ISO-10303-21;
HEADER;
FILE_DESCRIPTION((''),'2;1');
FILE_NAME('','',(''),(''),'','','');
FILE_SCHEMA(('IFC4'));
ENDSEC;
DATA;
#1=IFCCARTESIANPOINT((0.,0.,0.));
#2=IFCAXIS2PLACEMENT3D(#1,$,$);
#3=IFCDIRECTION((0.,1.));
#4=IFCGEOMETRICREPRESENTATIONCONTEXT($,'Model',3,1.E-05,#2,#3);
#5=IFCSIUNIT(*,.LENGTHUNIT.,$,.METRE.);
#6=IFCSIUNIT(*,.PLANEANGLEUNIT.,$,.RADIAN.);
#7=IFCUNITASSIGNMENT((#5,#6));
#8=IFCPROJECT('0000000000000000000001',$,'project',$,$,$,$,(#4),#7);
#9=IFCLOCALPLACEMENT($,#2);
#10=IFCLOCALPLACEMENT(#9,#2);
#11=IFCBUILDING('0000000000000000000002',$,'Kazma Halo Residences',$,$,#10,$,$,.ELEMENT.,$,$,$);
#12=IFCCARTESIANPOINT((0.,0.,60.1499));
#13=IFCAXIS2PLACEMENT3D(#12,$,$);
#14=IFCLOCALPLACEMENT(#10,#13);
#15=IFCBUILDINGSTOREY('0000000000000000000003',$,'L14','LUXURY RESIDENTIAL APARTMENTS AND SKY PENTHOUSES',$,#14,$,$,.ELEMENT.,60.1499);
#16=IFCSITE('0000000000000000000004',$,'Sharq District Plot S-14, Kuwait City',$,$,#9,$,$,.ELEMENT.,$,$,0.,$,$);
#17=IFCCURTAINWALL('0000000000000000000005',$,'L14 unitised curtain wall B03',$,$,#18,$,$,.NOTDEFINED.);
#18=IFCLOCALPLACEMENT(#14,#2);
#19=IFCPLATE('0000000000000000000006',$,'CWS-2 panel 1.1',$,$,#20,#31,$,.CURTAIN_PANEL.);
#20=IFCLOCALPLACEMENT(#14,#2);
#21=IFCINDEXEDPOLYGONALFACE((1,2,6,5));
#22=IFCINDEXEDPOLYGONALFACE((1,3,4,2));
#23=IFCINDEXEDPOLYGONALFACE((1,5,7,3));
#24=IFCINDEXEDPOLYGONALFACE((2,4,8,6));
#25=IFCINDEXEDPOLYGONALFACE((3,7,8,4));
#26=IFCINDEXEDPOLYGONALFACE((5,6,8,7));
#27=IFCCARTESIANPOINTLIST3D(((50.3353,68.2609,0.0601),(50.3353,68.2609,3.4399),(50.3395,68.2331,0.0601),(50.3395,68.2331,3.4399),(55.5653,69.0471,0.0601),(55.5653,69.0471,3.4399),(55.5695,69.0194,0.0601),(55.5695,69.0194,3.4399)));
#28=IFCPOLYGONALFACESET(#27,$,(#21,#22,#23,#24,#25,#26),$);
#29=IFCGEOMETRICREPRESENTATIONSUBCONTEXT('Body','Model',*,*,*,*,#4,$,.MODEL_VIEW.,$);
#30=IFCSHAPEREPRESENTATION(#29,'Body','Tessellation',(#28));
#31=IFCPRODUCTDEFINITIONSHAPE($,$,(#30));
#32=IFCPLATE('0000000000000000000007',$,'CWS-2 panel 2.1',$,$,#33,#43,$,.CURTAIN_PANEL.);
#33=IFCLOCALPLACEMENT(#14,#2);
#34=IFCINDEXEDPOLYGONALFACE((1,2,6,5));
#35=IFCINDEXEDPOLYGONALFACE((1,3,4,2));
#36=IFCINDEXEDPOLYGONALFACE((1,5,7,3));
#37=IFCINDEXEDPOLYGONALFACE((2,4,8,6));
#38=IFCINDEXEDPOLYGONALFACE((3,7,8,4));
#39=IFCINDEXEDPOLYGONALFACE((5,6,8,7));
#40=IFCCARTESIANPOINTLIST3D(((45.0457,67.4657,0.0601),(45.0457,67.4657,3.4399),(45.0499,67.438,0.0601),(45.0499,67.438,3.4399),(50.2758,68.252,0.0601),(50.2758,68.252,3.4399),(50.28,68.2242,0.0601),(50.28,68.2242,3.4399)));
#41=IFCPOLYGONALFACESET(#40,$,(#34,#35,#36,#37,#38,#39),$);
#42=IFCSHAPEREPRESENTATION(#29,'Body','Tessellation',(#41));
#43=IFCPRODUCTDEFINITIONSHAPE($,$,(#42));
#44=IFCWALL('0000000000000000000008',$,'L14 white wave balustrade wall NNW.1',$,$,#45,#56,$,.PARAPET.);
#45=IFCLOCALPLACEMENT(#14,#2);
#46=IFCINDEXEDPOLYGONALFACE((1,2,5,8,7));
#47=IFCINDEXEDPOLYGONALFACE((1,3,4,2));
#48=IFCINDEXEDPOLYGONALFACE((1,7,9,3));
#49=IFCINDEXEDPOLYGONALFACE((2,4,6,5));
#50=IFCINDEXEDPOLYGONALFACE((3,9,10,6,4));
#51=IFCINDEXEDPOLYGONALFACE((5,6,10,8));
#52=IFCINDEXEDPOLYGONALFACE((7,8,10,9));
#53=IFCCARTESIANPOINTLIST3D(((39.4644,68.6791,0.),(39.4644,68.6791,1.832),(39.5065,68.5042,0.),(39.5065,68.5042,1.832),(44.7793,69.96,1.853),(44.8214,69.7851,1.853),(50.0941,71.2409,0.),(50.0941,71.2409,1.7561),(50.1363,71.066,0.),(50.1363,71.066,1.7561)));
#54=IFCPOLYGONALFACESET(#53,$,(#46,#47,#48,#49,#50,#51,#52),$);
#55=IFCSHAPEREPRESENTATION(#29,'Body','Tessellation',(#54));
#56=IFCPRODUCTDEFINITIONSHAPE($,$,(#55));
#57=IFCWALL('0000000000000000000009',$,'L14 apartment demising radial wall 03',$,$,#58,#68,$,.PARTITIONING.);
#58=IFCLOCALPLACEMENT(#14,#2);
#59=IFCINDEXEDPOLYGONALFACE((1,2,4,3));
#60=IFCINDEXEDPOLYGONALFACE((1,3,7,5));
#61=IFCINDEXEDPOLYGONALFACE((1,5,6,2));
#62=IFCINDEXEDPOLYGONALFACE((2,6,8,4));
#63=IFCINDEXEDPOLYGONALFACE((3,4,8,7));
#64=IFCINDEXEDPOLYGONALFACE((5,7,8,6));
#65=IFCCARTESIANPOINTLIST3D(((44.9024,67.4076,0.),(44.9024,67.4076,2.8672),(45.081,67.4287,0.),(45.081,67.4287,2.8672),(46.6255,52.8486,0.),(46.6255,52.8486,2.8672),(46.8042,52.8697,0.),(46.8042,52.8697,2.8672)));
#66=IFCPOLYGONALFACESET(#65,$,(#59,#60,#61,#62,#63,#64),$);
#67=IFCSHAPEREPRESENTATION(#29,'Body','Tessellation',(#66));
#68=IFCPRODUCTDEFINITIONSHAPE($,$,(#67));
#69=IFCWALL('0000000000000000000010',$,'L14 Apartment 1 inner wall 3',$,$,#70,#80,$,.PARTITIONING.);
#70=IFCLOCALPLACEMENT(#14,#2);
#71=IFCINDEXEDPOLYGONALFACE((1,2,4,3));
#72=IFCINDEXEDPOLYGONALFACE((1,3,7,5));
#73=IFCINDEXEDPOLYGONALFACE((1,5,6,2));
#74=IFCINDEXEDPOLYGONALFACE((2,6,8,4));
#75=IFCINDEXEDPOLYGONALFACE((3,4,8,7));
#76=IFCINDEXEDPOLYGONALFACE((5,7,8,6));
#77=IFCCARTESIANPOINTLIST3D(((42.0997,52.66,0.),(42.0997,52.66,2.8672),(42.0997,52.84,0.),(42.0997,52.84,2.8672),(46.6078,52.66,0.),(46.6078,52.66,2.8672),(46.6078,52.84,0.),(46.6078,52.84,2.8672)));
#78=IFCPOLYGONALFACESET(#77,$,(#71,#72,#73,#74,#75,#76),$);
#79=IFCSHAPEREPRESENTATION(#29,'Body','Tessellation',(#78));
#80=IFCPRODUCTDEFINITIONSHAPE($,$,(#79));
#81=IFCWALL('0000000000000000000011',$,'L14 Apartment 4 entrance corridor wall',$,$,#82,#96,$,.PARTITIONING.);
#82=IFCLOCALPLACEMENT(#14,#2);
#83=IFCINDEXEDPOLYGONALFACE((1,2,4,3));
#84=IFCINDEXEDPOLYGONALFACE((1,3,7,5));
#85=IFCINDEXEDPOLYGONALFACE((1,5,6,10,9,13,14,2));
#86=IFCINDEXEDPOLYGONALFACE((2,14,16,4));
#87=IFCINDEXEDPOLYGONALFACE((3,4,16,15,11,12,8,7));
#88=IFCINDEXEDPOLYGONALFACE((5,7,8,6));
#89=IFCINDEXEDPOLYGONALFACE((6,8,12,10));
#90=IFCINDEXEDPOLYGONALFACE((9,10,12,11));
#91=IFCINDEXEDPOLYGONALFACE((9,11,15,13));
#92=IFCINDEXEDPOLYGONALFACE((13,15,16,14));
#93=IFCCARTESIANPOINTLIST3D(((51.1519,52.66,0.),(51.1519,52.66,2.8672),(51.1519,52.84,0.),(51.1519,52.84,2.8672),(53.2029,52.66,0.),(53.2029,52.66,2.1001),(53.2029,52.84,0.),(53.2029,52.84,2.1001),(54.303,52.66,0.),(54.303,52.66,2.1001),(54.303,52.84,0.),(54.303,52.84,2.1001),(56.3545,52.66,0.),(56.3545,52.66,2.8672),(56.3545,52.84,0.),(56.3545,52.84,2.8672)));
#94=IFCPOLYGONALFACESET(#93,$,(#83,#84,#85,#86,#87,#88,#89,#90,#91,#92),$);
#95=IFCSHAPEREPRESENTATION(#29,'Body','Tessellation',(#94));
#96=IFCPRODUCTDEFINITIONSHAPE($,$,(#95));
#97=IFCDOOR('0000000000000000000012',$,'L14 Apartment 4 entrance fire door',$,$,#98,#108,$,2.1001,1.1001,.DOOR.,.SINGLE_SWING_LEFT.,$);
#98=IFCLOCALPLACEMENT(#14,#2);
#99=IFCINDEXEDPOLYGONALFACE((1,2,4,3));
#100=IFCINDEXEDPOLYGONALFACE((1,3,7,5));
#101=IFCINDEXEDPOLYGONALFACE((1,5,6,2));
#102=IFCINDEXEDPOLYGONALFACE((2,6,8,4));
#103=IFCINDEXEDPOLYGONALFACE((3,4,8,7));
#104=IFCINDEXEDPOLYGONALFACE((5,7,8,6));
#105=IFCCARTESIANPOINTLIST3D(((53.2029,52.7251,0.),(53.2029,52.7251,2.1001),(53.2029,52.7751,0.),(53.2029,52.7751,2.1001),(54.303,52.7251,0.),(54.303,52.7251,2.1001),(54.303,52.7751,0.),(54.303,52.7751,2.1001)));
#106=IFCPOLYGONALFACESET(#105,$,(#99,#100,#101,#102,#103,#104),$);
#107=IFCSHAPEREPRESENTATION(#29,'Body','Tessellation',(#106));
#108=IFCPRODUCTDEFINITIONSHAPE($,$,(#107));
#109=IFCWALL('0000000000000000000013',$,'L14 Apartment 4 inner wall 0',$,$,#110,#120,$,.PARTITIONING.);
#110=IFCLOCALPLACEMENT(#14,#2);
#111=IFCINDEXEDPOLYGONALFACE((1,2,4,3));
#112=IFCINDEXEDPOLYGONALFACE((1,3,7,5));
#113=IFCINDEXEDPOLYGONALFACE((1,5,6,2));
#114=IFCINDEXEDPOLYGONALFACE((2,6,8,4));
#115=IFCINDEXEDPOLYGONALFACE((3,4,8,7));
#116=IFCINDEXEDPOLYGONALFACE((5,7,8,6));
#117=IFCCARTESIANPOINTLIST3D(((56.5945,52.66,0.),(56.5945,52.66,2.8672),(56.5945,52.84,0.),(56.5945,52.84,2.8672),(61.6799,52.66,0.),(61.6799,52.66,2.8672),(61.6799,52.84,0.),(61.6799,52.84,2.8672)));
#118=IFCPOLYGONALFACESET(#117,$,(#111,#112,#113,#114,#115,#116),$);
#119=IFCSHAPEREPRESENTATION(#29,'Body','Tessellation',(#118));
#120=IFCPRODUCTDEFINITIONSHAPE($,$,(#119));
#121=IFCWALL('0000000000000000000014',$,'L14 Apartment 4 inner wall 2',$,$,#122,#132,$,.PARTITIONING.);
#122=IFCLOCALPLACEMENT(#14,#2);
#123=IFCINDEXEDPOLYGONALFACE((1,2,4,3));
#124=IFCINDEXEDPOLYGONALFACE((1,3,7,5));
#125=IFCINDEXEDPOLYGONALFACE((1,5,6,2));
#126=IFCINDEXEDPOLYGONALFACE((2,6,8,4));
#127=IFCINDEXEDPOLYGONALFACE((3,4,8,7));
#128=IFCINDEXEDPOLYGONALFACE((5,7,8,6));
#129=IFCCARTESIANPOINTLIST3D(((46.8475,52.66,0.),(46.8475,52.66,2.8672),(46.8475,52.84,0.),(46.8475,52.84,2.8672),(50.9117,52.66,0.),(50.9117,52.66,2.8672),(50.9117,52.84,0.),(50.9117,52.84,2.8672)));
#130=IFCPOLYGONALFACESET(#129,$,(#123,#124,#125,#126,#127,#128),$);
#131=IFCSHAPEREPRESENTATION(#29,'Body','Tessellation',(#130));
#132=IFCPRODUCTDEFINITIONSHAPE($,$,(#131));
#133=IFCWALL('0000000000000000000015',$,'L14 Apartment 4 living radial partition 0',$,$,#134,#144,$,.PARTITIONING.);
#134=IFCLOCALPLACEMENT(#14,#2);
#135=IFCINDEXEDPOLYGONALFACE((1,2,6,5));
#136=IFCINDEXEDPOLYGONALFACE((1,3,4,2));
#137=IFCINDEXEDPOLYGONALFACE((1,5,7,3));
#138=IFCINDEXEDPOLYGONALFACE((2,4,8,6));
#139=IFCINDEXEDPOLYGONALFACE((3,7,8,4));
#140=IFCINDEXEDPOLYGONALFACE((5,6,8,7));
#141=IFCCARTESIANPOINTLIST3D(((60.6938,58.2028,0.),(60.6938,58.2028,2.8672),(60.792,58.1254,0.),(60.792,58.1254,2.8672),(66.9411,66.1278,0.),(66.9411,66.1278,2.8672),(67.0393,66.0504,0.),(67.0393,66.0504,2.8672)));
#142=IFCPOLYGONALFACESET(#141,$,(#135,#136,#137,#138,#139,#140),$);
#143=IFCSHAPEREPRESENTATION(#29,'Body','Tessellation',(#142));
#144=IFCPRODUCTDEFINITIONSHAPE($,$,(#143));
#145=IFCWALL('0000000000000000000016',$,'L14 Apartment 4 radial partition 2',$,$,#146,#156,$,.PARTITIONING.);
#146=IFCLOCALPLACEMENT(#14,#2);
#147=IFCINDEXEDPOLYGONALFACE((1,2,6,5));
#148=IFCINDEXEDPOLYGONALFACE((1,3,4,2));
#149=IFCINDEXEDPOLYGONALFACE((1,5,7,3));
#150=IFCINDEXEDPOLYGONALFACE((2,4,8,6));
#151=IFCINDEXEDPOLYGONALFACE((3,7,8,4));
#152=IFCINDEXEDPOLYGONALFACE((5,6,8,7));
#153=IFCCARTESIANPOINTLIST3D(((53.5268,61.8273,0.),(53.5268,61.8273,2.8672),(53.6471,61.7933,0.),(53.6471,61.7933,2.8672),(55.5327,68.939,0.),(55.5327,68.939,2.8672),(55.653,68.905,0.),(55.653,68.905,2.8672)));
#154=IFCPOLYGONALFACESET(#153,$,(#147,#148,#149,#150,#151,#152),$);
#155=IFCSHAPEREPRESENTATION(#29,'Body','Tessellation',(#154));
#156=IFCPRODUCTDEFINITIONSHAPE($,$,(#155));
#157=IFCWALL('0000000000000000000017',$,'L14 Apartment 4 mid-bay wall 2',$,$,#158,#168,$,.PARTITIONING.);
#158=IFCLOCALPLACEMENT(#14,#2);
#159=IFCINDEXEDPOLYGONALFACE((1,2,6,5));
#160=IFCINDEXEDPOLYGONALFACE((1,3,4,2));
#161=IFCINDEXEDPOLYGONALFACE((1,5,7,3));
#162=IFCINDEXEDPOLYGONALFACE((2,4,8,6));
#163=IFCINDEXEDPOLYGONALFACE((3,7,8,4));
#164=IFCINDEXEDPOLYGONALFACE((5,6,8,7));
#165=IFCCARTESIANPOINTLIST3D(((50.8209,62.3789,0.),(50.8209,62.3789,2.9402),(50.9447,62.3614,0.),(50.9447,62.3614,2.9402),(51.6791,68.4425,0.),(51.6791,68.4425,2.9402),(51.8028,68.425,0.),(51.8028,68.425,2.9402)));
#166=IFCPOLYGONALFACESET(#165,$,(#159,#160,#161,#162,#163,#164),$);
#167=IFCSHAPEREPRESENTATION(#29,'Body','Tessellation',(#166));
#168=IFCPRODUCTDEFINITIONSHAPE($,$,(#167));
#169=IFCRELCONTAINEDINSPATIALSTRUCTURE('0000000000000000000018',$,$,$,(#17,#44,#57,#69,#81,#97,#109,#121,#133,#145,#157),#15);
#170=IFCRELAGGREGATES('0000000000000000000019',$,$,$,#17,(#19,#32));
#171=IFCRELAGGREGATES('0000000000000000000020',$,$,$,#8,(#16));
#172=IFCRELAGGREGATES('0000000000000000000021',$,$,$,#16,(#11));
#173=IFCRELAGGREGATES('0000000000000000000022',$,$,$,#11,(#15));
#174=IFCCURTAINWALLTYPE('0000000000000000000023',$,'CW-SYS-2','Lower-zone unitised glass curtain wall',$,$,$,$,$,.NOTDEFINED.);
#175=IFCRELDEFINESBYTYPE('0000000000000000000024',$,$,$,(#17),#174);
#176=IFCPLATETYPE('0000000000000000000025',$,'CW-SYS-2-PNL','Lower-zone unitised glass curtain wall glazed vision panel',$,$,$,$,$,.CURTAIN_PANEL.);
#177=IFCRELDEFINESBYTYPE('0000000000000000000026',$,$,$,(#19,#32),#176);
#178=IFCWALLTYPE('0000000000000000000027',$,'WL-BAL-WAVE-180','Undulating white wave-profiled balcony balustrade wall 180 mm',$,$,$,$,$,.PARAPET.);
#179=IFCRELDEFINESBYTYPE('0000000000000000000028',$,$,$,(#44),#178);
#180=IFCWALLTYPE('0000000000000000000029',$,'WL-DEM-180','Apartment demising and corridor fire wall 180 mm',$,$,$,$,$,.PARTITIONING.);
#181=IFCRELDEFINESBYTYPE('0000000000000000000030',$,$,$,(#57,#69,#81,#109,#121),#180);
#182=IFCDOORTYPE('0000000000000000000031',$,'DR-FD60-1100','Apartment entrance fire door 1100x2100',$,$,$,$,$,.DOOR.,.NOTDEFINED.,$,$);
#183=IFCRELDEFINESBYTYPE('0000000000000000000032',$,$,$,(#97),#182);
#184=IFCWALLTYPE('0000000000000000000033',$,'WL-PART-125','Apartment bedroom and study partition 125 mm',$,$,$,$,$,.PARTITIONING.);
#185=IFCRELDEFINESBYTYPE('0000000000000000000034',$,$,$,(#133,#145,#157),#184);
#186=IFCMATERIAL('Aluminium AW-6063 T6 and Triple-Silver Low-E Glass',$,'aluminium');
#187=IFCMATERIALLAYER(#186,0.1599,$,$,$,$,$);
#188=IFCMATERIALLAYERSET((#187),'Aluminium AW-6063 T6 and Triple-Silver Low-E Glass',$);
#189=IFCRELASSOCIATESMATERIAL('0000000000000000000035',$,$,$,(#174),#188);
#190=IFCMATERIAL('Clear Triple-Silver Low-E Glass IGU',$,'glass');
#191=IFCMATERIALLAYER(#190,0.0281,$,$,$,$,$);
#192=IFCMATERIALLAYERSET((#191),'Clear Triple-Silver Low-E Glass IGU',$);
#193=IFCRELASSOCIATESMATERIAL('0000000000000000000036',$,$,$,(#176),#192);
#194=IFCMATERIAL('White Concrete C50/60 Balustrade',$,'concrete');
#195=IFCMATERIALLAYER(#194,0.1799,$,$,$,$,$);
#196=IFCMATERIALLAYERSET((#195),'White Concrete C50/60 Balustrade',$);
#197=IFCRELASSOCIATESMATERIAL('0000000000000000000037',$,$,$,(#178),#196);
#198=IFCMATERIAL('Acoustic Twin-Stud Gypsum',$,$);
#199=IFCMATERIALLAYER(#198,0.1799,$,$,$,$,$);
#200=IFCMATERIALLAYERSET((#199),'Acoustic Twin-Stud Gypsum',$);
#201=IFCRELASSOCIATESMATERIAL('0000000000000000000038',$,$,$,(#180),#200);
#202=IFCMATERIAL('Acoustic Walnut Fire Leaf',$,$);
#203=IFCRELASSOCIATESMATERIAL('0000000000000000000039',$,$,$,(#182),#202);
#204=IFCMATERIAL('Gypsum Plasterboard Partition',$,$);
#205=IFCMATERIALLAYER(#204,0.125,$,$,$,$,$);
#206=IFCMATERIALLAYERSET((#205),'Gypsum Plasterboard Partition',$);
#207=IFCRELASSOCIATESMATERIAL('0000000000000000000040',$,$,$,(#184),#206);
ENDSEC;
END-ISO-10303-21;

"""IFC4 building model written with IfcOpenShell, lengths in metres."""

from ifc_helpers import new_model, si_unit, direction, frame, frame_2d, origin, origin_2d, place, context, subcontext, project, spatial, polyline, rectangle, outline, extrude, material, layer, layer_set, type_object, element, fill, aggregate, save


model = new_model("IFC4")

# Units and contexts
model_context = context("Model", 3, precision=1e-05, world=origin(), true_north=direction((0.0, 1.0)))
body_context = subcontext(model_context, "Body", "Model", "MODEL_VIEW")
ifc_project = project(units=[si_unit("LENGTHUNIT", "METRE"), si_unit("PLANEANGLEUNIT", "RADIAN")], contexts=[model_context])

# Site, building, storey
site_placement = place(None, origin())
site = spatial("IfcSite", under=ifc_project, at=site_placement, Name="Sharq District Plot S-14, Kuwait City", CompositionType="ELEMENT", RefElevation=0.0)
building_placement = place(site_placement, origin())
building = spatial("IfcBuilding", under=site, at=building_placement, Name="Kazma Halo Residences", CompositionType="ELEMENT")
storey_placement = place(building_placement, frame((0.0, 0.0, 60.1499)))
storey = spatial("IfcBuildingStorey", under=building, at=storey_placement, Name="L14", Description="LUXURY RESIDENTIAL APARTMENTS AND SKY PENTHOUSES", CompositionType="ELEMENT", Elevation=60.1499)

# Curtain wall, plates
ifc_material_1 = material(Name="Aluminium AW-6063 T6 and Triple-Silver Low-E Glass", Category="aluminium")
ifc_layer_1 = layer(ifc_material_1, 0.1599)
ifc_layer_set_1 = layer_set([ifc_layer_1], Name="Aluminium AW-6063 T6 and Triple-Silver Low-E Glass")
curtain_wall_type = type_object("IfcCurtainWallType", Name="CW-SYS-2", Description="Lower-zone unitised glass curtain wall", PredefinedType="NOTDEFINED", material=ifc_layer_set_1)
curtain_wall_placement = place(storey_placement, origin())
curtain_wall = element("IfcCurtainWall", 1, at=curtain_wall_placement, inside=storey, type_object=curtain_wall_type, Name="L14 unitised curtain wall B03", PredefinedType="NOTDEFINED")
ifc_material_2 = material(Name="Clear Triple-Silver Low-E Glass IGU", Category="glass")
ifc_layer_2 = layer(ifc_material_2, 0.0281)
ifc_layer_set_2 = layer_set([ifc_layer_2], Name="Clear Triple-Silver Low-E Glass IGU")
plate_type = type_object("IfcPlateType", Name="CW-SYS-2-PNL", Description="Lower-zone unitised glass curtain wall glazed vision panel", PredefinedType="CURTAIN_PANEL", material=ifc_layer_set_2)
plate_1_placement = place(storey_placement, frame((52.9524, 68.6401, 0.0601), z_axis=(0.0, 0.0, 1.0), x_axis=(-0.988889, -0.148657, 0.0)))
plate_1 = element("IfcPlate", 2, at=plate_1_placement, type_object=plate_type, Name="CWS-2 panel 1.1", PredefinedType="CURTAIN_PANEL", context=body_context, shape_type="SweptSolid", body=[
    extrude(rectangle(XDim=5.2888, YDim=0.0281, at=origin_2d()), origin(), (0.0, 0.0, 1.0), 3.3799),
])
plate_2_placement = place(storey_placement, frame((47.6628, 67.845, 0.0601), z_axis=(0.0, 0.0, 1.0), x_axis=(-0.988889, -0.148657, 0.0)))
plate_2 = element("IfcPlate", 3, at=plate_2_placement, type_object=plate_type, Name="CWS-2 panel 2.1", PredefinedType="CURTAIN_PANEL", context=body_context, shape_type="SweptSolid", body=[
    extrude(rectangle(XDim=5.2888, YDim=0.0281, at=origin_2d()), origin(), (0.0, 0.0, 1.0), 3.3799),
])
aggregate(curtain_wall, [plate_1, plate_2])

# Walls
ifc_material_3 = material(Name="White Concrete C50/60 Balustrade", Category="concrete")
ifc_layer_3 = layer(ifc_material_3, 0.1799)
ifc_layer_set_3 = layer_set([ifc_layer_3], Name="White Concrete C50/60 Balustrade")
wall_type_1 = type_object("IfcWallType", Name="WL-BAL-WAVE-180", Description="Undulating white wave-profiled balcony balustrade wall 180 mm", PredefinedType="PARAPET", material=ifc_layer_set_3)
wall_1_placement = place(storey_placement, frame((50.1152, 71.1533, 0.0), z_axis=(0.0, 0.0, 1.0), x_axis=(-0.972166, -0.234294, 0.0)))
element("IfcWall", 4, at=wall_1_placement, inside=storey, type_object=wall_type_1, Name="L14 white wave balustrade wall NNW.1", PredefinedType="PARAPET", context=body_context, shape_type="SweptSolid", body=[
    extrude(outline(polyline([(0.0, 0.0), (10.9341, 0.0), (10.9341, 1.832), (5.467, 1.853), (0.0, 1.7561), (0.0, 0.0)])), frame((0.0, 0.0898, 0.0), z_axis=(0.0, -1.0, 0.0), x_axis=(1.0, 0.0, 0.0)), (0.0, 0.0, 1.0), 0.1799),
])
ifc_material_4 = material(Name="Acoustic Twin-Stud Gypsum")
ifc_layer_4 = layer(ifc_material_4, 0.1799)
ifc_layer_set_4 = layer_set([ifc_layer_4], Name="Acoustic Twin-Stud Gypsum")
wall_type_2 = type_object("IfcWallType", Name="WL-DEM-180", Description="Apartment demising and corridor fire wall 180 mm", PredefinedType="PARTITIONING", material=ifc_layer_set_4)
wall_2_placement = place(storey_placement, frame((46.7148, 52.8591, 0.0), z_axis=(0.0, 0.0, 1.0), x_axis=(-0.117535, 0.993069, 0.0)))
element("IfcWall", 5, at=wall_2_placement, inside=storey, type_object=wall_type_2, Name="L14 apartment demising radial wall 03", PredefinedType="PARTITIONING", context=body_context, shape_type="SweptSolid", body=[
    extrude(rectangle(XDim=14.6606, YDim=0.1799, at=frame_2d((7.3303, 0.0))), origin(), (0.0, 0.0, 1.0), 2.8672),
])
wall_3_placement = place(storey_placement, frame((46.6077, 52.75, 0.0), z_axis=(0.0, 0.0, 1.0), x_axis=(-1.0, 0.0, 0.0)))
element("IfcWall", 6, at=wall_3_placement, inside=storey, type_object=wall_type_2, Name="L14 Apartment 1 inner wall 3", PredefinedType="PARTITIONING", context=body_context, shape_type="SweptSolid", body=[
    extrude(rectangle(XDim=4.5081, YDim=0.1799, at=frame_2d((2.2539, 0.0))), origin(), (0.0, 0.0, 1.0), 2.8672),
])

# Wall, opening, door
wall_4_placement = place(storey_placement, frame((56.3545, 52.75, 0.0), z_axis=(0.0, 0.0, 1.0), x_axis=(-1.0, 0.0, 0.0)))
wall_4 = element("IfcWall", 7, at=wall_4_placement, inside=storey, type_object=wall_type_2, Name="L14 Apartment 4 entrance corridor wall", PredefinedType="PARTITIONING", context=body_context, shape_type="SweptSolid", body=[
    extrude(rectangle(XDim=5.2026, YDim=0.1799, at=frame_2d((2.6013, 0.0))), origin(), (0.0, 0.0, 1.0), 2.8672),
])
opening_1_placement = place(wall_4_placement, frame((2.0515, 0.0, 0.0)))
opening_1 = element("IfcOpeningElement", 8, at=opening_1_placement, cuts=wall_4, PredefinedType="OPENING", context=body_context, shape_type="SweptSolid", body=[
    extrude(rectangle(XDim=1.1001, YDim=2.1001, at=frame_2d((0.55, 1.05))), frame((0.0, 0.0999, 0.0), z_axis=(0.0, -1.0, 0.0), x_axis=(1.0, 0.0, 0.0)), (0.0, 0.0, 1.0), 0.2),
])
ifc_material_5 = material(Name="Acoustic Walnut Fire Leaf")
door_type_1 = type_object("IfcDoorType", Name="DR-FD60-1100", Description="Apartment entrance fire door 1100x2100", OperationType="NOTDEFINED", PredefinedType="DOOR", material=ifc_material_5)
door_1_placement = place(opening_1_placement, origin())
door_1 = element("IfcDoor", 9, at=door_1_placement, inside=storey, type_object=door_type_1, Name="L14 Apartment 4 entrance fire door", OperationType="SINGLE_SWING_LEFT", OverallHeight=2.1001, OverallWidth=1.1001, PredefinedType="DOOR", context=body_context, shape_type="SweptSolid", body=[
    extrude(rectangle(XDim=1.1001, YDim=2.1001, at=frame_2d((0.55, 1.05))), frame((0.0, 0.0249, 0.0), z_axis=(0.0, -1.0, 0.0), x_axis=(1.0, 0.0, 0.0)), (0.0, 0.0, 1.0), 0.05),
])
fill(opening_1, door_1)

# Walls
wall_5_placement = place(storey_placement, frame((61.6799, 52.75, 0.0), z_axis=(0.0, 0.0, 1.0), x_axis=(-1.0, 0.0, 0.0)))
element("IfcWall", 10, at=wall_5_placement, inside=storey, type_object=wall_type_2, Name="L14 Apartment 4 inner wall 0", PredefinedType="PARTITIONING", context=body_context, shape_type="SweptSolid", body=[
    extrude(rectangle(XDim=5.0854, YDim=0.1799, at=frame_2d((2.5427, 0.0))), origin(), (0.0, 0.0, 1.0), 2.8672),
])
wall_6_placement = place(storey_placement, frame((50.9119, 52.75, 0.0), z_axis=(0.0, 0.0, 1.0), x_axis=(-1.0, 0.0, 0.0)))
element("IfcWall", 11, at=wall_6_placement, inside=storey, type_object=wall_type_2, Name="L14 Apartment 4 inner wall 2", PredefinedType="PARTITIONING", context=body_context, shape_type="SweptSolid", body=[
    extrude(rectangle(XDim=4.0642, YDim=0.1799, at=frame_2d((2.0322, 0.0))), origin(), (0.0, 0.0, 1.0), 2.8672),
])
ifc_material_6 = material(Name="Gypsum Plasterboard Partition")
ifc_layer_5 = layer(ifc_material_6, 0.125)
ifc_layer_set_5 = layer_set([ifc_layer_5], Name="Gypsum Plasterboard Partition")
wall_type_3 = type_object("IfcWallType", Name="WL-PART-125", Description="Apartment bedroom and study partition 125 mm", PredefinedType="PARTITIONING", material=ifc_layer_set_5)
wall_7_placement = place(storey_placement, frame((60.7429, 58.1641, 0.0), z_axis=(0.0, 0.0, 1.0), x_axis=(0.619076, 0.785331, 0.0)))
element("IfcWall", 12, at=wall_7_placement, inside=storey, type_object=wall_type_3, Name="L14 Apartment 4 living radial partition 0", PredefinedType="PARTITIONING", context=body_context, shape_type="SweptSolid", body=[
    extrude(rectangle(XDim=10.0913, YDim=0.125, at=frame_2d((5.0457, 0.0))), origin(), (0.0, 0.0, 1.0), 2.8672),
])
wall_8_placement = place(storey_placement, frame((53.5869, 61.8103, 0.0), z_axis=(0.0, 0.0, 1.0), x_axis=(0.271464, 0.962449, 0.0)))
element("IfcWall", 13, at=wall_8_placement, inside=storey, type_object=wall_type_3, Name="L14 Apartment 4 radial partition 2", PredefinedType="PARTITIONING", context=body_context, shape_type="SweptSolid", body=[
    extrude(rectangle(XDim=7.3892, YDim=0.125, at=frame_2d((3.6946, 0.0))), origin(), (0.0, 0.0, 1.0), 2.8672),
])
wall_9_placement = place(storey_placement, frame((50.8828, 62.3701, 0.0), z_axis=(0.0, 0.0, 1.0), x_axis=(0.140126, 0.990134, 0.0)))
element("IfcWall", 14, at=wall_9_placement, inside=storey, type_object=wall_type_3, Name="L14 Apartment 4 mid-bay wall 2", PredefinedType="PARTITIONING", context=body_context, shape_type="SweptSolid", body=[
    extrude(rectangle(XDim=6.124, YDim=0.125, at=frame_2d((3.062, 0.0))), origin(), (0.0, 0.0, 1.0), 2.9402),
])

save(model, "model.ifc")
